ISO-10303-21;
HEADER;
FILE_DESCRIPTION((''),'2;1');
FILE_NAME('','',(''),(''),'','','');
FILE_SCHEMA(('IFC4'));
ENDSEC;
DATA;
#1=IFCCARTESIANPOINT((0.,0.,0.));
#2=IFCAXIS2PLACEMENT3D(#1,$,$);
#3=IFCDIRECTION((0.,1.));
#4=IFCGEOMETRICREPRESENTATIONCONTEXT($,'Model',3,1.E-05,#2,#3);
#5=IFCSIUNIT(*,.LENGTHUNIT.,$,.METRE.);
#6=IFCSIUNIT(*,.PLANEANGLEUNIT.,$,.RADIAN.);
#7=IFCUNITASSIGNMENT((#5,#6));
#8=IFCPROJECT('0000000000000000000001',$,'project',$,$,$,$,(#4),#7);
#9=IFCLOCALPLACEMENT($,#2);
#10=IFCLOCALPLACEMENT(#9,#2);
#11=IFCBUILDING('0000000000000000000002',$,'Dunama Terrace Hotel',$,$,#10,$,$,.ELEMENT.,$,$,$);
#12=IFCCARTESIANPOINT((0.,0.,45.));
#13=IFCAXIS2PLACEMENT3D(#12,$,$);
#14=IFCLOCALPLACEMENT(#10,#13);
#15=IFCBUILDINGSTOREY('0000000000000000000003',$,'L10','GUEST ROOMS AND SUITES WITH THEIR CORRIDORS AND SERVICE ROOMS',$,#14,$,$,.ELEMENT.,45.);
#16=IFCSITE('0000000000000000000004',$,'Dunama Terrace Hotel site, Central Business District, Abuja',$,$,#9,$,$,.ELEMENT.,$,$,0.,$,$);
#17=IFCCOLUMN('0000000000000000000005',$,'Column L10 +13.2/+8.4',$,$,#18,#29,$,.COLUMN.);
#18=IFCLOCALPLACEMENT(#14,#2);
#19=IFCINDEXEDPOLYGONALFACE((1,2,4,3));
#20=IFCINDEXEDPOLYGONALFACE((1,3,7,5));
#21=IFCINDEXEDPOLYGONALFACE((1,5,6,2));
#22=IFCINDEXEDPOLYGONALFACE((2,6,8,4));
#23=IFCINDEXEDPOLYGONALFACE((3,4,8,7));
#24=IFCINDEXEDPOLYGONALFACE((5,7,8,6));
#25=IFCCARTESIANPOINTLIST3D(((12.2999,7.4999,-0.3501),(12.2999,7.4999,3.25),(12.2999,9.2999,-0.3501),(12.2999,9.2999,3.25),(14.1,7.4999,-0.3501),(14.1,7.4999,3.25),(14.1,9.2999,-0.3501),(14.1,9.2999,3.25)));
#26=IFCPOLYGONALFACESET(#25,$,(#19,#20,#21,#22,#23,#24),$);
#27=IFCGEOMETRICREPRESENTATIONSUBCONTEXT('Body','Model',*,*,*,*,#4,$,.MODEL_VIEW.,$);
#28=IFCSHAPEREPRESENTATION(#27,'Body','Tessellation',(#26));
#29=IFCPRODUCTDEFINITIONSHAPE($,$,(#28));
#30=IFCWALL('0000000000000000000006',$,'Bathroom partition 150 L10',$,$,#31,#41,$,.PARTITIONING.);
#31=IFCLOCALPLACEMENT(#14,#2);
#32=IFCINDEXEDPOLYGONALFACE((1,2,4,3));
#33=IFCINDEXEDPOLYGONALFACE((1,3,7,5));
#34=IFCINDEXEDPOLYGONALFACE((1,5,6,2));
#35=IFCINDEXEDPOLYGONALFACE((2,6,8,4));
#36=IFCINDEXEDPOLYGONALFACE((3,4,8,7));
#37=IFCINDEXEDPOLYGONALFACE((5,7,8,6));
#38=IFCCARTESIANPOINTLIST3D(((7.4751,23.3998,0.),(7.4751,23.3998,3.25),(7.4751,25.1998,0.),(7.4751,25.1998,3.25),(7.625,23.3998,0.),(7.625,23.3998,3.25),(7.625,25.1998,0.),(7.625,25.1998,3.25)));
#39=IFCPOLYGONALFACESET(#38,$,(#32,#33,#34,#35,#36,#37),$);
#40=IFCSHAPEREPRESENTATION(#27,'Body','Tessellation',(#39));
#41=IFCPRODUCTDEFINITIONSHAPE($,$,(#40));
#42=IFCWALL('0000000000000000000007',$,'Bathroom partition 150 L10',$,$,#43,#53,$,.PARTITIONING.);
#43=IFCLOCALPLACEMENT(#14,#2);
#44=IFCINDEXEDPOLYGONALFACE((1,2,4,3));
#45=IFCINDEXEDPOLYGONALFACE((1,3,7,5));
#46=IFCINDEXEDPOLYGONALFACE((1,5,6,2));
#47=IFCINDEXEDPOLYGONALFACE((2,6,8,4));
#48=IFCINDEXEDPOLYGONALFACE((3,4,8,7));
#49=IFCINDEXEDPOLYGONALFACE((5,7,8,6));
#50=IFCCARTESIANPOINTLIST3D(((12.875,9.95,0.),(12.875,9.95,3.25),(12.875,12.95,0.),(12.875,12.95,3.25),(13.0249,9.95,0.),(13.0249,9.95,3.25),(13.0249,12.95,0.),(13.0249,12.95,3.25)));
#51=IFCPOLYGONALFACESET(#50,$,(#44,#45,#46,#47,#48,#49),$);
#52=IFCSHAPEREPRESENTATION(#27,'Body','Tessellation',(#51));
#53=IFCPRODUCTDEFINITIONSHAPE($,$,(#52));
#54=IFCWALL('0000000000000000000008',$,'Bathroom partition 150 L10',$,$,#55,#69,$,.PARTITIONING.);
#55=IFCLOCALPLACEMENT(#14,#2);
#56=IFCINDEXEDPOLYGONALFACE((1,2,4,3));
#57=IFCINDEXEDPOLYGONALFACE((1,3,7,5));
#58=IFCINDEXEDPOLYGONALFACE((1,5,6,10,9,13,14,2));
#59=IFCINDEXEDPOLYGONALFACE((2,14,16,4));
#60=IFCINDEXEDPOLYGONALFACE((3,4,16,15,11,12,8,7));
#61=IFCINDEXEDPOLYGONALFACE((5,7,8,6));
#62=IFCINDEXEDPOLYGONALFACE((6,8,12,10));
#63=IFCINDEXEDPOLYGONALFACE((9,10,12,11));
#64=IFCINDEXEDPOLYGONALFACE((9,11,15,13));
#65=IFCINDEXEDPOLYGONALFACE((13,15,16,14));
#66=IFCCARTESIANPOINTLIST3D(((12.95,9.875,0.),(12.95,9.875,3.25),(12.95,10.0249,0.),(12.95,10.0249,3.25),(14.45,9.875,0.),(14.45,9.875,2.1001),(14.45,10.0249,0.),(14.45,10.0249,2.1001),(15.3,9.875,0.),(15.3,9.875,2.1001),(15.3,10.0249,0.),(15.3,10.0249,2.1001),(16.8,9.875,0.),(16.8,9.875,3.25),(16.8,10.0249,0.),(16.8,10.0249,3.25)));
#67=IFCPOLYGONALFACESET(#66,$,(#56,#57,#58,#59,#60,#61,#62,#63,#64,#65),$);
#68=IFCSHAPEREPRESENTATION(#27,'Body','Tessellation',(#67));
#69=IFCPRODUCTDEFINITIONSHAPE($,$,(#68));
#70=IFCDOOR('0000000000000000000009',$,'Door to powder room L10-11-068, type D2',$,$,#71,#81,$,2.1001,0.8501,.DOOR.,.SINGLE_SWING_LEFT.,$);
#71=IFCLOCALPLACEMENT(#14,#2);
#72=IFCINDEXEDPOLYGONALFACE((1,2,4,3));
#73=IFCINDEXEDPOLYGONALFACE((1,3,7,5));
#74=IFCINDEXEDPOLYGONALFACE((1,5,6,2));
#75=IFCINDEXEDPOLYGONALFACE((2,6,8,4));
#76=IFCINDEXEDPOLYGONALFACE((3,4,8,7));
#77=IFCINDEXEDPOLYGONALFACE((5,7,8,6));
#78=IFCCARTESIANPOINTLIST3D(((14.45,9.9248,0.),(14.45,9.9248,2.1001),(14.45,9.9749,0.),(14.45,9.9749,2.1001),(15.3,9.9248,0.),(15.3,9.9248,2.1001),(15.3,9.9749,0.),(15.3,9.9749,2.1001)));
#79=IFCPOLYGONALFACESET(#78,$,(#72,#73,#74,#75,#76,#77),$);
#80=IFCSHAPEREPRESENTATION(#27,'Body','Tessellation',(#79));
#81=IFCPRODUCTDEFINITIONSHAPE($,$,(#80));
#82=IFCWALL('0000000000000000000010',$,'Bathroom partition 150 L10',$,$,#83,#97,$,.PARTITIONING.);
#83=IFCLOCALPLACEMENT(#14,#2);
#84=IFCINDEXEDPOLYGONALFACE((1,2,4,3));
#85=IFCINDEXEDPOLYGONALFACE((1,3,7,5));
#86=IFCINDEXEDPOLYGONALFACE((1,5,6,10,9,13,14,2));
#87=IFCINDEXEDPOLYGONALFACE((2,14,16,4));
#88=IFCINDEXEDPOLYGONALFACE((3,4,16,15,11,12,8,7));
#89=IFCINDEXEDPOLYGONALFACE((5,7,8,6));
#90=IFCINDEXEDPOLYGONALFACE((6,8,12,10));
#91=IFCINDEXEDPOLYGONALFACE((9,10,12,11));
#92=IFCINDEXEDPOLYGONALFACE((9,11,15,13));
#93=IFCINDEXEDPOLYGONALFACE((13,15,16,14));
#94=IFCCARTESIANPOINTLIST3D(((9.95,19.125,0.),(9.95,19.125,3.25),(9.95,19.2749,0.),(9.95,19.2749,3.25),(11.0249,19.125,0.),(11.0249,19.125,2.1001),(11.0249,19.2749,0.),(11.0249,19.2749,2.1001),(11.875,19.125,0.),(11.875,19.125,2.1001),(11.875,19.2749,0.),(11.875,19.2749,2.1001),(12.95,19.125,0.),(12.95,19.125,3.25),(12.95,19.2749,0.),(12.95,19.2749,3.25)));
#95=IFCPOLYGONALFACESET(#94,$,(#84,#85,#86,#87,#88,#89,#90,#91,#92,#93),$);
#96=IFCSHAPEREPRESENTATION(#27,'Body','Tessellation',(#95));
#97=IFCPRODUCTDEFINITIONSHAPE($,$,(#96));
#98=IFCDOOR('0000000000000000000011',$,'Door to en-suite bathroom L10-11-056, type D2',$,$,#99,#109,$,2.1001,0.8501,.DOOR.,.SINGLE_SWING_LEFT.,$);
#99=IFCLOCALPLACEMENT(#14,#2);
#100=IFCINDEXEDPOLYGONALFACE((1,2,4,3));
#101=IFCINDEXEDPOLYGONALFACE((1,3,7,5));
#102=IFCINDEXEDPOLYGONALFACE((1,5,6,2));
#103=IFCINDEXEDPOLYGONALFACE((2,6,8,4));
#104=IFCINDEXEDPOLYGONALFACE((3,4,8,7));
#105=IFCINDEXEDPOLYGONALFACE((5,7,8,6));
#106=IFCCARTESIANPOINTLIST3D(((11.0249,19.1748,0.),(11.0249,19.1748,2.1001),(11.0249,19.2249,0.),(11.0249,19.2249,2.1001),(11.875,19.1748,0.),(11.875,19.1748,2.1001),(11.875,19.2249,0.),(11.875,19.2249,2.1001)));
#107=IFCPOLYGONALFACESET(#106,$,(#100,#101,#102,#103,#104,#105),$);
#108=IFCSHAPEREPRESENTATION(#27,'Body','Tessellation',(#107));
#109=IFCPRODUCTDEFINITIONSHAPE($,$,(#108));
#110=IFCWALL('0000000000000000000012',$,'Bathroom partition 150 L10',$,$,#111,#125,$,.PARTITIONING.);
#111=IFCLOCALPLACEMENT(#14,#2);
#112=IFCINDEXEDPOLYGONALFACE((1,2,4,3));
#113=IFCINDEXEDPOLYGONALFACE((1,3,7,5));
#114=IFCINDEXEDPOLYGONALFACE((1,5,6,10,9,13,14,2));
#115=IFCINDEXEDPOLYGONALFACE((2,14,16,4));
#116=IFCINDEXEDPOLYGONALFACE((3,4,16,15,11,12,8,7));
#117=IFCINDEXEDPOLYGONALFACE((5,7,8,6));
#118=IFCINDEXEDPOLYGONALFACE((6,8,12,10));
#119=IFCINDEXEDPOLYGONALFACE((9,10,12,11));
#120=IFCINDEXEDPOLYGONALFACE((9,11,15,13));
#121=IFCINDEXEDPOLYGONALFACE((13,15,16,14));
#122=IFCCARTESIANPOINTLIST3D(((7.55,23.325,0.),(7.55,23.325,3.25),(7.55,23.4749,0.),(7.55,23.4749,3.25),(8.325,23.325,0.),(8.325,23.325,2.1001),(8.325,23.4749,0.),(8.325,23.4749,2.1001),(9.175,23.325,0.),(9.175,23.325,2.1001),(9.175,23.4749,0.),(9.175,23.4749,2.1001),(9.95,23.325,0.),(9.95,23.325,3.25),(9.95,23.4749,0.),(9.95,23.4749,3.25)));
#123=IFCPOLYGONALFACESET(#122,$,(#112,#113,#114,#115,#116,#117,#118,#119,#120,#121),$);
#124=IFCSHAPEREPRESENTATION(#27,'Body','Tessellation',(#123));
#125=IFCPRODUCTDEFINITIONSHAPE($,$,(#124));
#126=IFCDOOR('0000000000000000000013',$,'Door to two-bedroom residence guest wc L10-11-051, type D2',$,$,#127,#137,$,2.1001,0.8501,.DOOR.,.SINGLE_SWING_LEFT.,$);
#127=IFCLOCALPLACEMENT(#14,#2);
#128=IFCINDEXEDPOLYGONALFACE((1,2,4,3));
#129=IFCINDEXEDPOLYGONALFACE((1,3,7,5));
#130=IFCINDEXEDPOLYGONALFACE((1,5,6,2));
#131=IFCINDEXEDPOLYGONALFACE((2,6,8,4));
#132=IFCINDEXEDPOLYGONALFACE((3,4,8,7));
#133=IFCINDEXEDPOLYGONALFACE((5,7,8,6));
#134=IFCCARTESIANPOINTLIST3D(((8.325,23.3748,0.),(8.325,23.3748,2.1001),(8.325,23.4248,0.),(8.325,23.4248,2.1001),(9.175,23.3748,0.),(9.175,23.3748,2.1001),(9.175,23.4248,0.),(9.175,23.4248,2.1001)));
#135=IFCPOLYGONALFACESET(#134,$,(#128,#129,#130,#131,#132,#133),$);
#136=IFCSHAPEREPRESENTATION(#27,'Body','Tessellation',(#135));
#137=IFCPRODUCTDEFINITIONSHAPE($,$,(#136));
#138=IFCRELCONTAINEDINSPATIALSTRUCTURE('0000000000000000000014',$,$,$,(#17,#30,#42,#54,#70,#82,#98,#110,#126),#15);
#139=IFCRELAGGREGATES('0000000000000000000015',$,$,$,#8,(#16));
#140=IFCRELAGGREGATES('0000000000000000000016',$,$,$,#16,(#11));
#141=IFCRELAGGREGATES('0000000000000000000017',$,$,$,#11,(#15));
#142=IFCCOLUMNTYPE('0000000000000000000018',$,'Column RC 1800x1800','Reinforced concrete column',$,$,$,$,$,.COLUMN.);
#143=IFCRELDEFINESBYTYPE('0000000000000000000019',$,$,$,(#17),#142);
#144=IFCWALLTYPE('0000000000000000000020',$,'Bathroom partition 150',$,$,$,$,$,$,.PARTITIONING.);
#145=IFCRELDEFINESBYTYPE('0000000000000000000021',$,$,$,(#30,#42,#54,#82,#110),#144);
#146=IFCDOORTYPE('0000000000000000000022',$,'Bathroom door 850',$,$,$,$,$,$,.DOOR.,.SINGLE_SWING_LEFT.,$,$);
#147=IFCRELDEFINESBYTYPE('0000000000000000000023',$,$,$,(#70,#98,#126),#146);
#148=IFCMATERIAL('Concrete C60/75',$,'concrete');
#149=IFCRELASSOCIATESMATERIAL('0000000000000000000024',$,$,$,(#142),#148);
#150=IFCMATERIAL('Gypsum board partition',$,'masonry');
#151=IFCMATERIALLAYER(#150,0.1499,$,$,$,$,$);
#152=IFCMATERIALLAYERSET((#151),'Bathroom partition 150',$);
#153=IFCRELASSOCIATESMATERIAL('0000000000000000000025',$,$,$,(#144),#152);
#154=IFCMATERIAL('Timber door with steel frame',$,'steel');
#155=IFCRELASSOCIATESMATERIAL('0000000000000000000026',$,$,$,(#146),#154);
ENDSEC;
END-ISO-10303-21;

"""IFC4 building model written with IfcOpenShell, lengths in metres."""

from ifc_helpers import new_model, si_unit, direction, frame, frame_2d, origin, origin_2d, place, context, subcontext, project, spatial, rectangle, extrude, material, layer, layer_set, material_profile, profile_set, type_object, element, fill, save


model = new_model("IFC4")

# Units and contexts
model_context = context("Model", 3, precision=1e-05, world=origin(), true_north=direction((0.0, 1.0)))
body_context = subcontext(model_context, "Body", "Model", "MODEL_VIEW")
ifc_project = project(units=[si_unit("LENGTHUNIT", "METRE"), si_unit("PLANEANGLEUNIT", "RADIAN")], contexts=[model_context])

# Site, building, storey
site_placement = place(None, origin())
site = spatial("IfcSite", under=ifc_project, at=site_placement, Name="Dunama Terrace Hotel site, Central Business District, Abuja", CompositionType="ELEMENT", RefElevation=0.0)
building_placement = place(site_placement, origin())
building = spatial("IfcBuilding", under=site, at=building_placement, Name="Dunama Terrace Hotel", CompositionType="ELEMENT")
storey_placement = place(building_placement, frame((0.0, 0.0, 45.0)))
storey = spatial("IfcBuildingStorey", under=building, at=storey_placement, Name="L10", Description="GUEST ROOMS AND SUITES WITH THEIR CORRIDORS AND SERVICE ROOMS", CompositionType="ELEMENT", Elevation=45.0)

# Column
ifc_material_1 = material(Name="Concrete C60/75", Category="concrete")
ifc_material_profile = material_profile(ifc_material_1, rectangle(XDim=1.8, YDim=1.8, at=origin_2d()), Name="RC 1800x1800")
ifc_profile_set = profile_set([ifc_material_profile], Name="Concrete C60/75")
column_type = type_object("IfcColumnType", Name="Column RC 1800x1800", Description="Reinforced concrete column", PredefinedType="COLUMN", material=ifc_profile_set)
column_placement = place(storey_placement, frame((13.2, 8.3999, -0.3501), z_axis=(0.0, 0.0, 1.0), x_axis=(1.0, 0.0, 0.0)))
element("IfcColumn", 1, at=column_placement, inside=storey, type_object=column_type, Name="Column L10 +13.2/+8.4", PredefinedType="COLUMN", context=body_context, shape_type="SweptSolid", body=[
    extrude(rectangle(XDim=1.8, YDim=1.8, at=origin_2d()), origin(), (0.0, 0.0, 1.0), 3.6001),
])

# Walls
ifc_material_2 = material(Name="Gypsum board partition", Category="masonry")
ifc_layer_1 = layer(ifc_material_2, 0.1499)
ifc_layer_set_1 = layer_set([ifc_layer_1], Name="Bathroom partition 150")
wall_type_1 = type_object("IfcWallType", Name="Bathroom partition 150", PredefinedType="PARTITIONING", material=ifc_layer_set_1)
wall_1_placement = place(storey_placement, frame((7.55, 23.3999, 0.0), z_axis=(0.0, 0.0, 1.0), x_axis=(0.0, 1.0, 0.0)))
element("IfcWall", 2, at=wall_1_placement, inside=storey, type_object=wall_type_1, Name="Bathroom partition 150 L10", PredefinedType="PARTITIONING", context=body_context, shape_type="SweptSolid", body=[
    extrude(rectangle(XDim=1.8, YDim=0.1499, at=frame_2d((0.8999, 0.0))), origin(), (0.0, 0.0, 1.0), 3.25),
])
wall_2_placement = place(storey_placement, frame((12.95, 9.95, 0.0), z_axis=(0.0, 0.0, 1.0), x_axis=(0.0, 1.0, 0.0)))
element("IfcWall", 3, at=wall_2_placement, inside=storey, type_object=wall_type_1, Name="Bathroom partition 150 L10", PredefinedType="PARTITIONING", context=body_context, shape_type="SweptSolid", body=[
    extrude(rectangle(XDim=3.0, YDim=0.1499, at=frame_2d((1.5, 0.0))), origin(), (0.0, 0.0, 1.0), 3.25),
])

# Walls, openings, doors
wall_3_placement = place(storey_placement, frame((12.95, 9.95, 0.0), z_axis=(0.0, 0.0, 1.0), x_axis=(1.0, 0.0, 0.0)))
wall_3 = element("IfcWall", 4, at=wall_3_placement, inside=storey, type_object=wall_type_1, Name="Bathroom partition 150 L10", PredefinedType="PARTITIONING", context=body_context, shape_type="SweptSolid", body=[
    extrude(rectangle(XDim=3.8501, YDim=0.1499, at=frame_2d((1.925, 0.0))), origin(), (0.0, 0.0, 1.0), 3.25),
])
opening_1_placement = place(wall_3_placement, frame((1.5, 0.0, 0.0)))
opening_1 = element("IfcOpeningElement", 5, at=opening_1_placement, cuts=wall_3, PredefinedType="OPENING", context=body_context, shape_type="SweptSolid", body=[
    extrude(rectangle(XDim=0.8501, YDim=2.1001, at=frame_2d((0.425, 1.05))), frame((0.0, 0.085, 0.0), z_axis=(0.0, -1.0, 0.0), x_axis=(1.0, 0.0, 0.0)), (0.0, 0.0, 1.0), 0.1699),
])
ifc_material_3 = material(Name="Timber door with steel frame", Category="steel")
door_type_1 = type_object("IfcDoorType", Name="Bathroom door 850", OperationType="SINGLE_SWING_LEFT", PredefinedType="DOOR", material=ifc_material_3)
door_1_placement = place(opening_1_placement, origin())
door_1 = element("IfcDoor", 6, at=door_1_placement, inside=storey, type_object=door_type_1, Name="Door to powder room L10-11-068, type D2", OperationType="SINGLE_SWING_LEFT", OverallHeight=2.1001, OverallWidth=0.8501, PredefinedType="DOOR", context=body_context, shape_type="SweptSolid", body=[
    extrude(rectangle(XDim=0.8501, YDim=2.1001, at=frame_2d((0.425, 1.05))), frame((0.0, 0.0249, 0.0), z_axis=(0.0, -1.0, 0.0), x_axis=(1.0, 0.0, 0.0)), (0.0, 0.0, 1.0), 0.05),
])
fill(opening_1, door_1)
wall_4_placement = place(storey_placement, frame((9.95, 19.2, 0.0), z_axis=(0.0, 0.0, 1.0), x_axis=(1.0, 0.0, 0.0)))
wall_4 = element("IfcWall", 7, at=wall_4_placement, inside=storey, type_object=wall_type_1, Name="Bathroom partition 150 L10", PredefinedType="PARTITIONING", context=body_context, shape_type="SweptSolid", body=[
    extrude(rectangle(XDim=3.0, YDim=0.1499, at=frame_2d((1.5, 0.0))), origin(), (0.0, 0.0, 1.0), 3.25),
])
opening_2_placement = place(wall_4_placement, frame((1.075, 0.0, 0.0)))
opening_2 = element("IfcOpeningElement", 8, at=opening_2_placement, cuts=wall_4, PredefinedType="OPENING", context=body_context, shape_type="SweptSolid", body=[
    extrude(rectangle(XDim=0.8501, YDim=2.1001, at=frame_2d((0.425, 1.05))), frame((0.0, 0.085, 0.0), z_axis=(0.0, -1.0, 0.0), x_axis=(1.0, 0.0, 0.0)), (0.0, 0.0, 1.0), 0.1699),
])
door_2_placement = place(opening_2_placement, frame((0.8501, 0.0, 0.0), z_axis=(0.0, 0.0, 1.0), x_axis=(-1.0, 0.0, 0.0)))
door_2 = element("IfcDoor", 9, at=door_2_placement, inside=storey, type_object=door_type_1, Name="Door to en-suite bathroom L10-11-056, type D2", OperationType="SINGLE_SWING_LEFT", OverallHeight=2.1001, OverallWidth=0.8501, PredefinedType="DOOR", context=body_context, shape_type="SweptSolid", body=[
    extrude(rectangle(XDim=0.8501, YDim=2.1001, at=frame_2d((0.425, 1.05))), frame((0.0, 0.0251, 0.0), z_axis=(0.0, -1.0, 0.0), x_axis=(1.0, 0.0, 0.0)), (0.0, 0.0, 1.0), 0.05),
])
fill(opening_2, door_2)
wall_5_placement = place(storey_placement, frame((7.55, 23.3999, 0.0), z_axis=(0.0, 0.0, 1.0), x_axis=(1.0, 0.0, 0.0)))
wall_5 = element("IfcWall", 10, at=wall_5_placement, inside=storey, type_object=wall_type_1, Name="Bathroom partition 150 L10", PredefinedType="PARTITIONING", context=body_context, shape_type="SweptSolid", body=[
    extrude(rectangle(XDim=2.3999, YDim=0.1499, at=frame_2d((1.2, 0.0))), origin(), (0.0, 0.0, 1.0), 3.25),
])
opening_3_placement = place(wall_5_placement, frame((0.7749, 0.0, 0.0)))
opening_3 = element("IfcOpeningElement", 11, at=opening_3_placement, cuts=wall_5, PredefinedType="OPENING", context=body_context, shape_type="SweptSolid", body=[
    extrude(rectangle(XDim=0.8501, YDim=2.1001, at=frame_2d((0.425, 1.05))), frame((0.0, 0.085, 0.0), z_axis=(0.0, -1.0, 0.0), x_axis=(1.0, 0.0, 0.0)), (0.0, 0.0, 1.0), 0.1699),
])
door_3_placement = place(opening_3_placement, origin())
door_3 = element("IfcDoor", 12, at=door_3_placement, inside=storey, type_object=door_type_1, Name="Door to two-bedroom residence guest wc L10-11-051, type D2", OperationType="SINGLE_SWING_LEFT", OverallHeight=2.1001, OverallWidth=0.8501, PredefinedType="DOOR", context=body_context, shape_type="SweptSolid", body=[
    extrude(rectangle(XDim=0.8501, YDim=2.1001, at=frame_2d((0.425, 1.05))), frame((0.0, 0.0249, 0.0), z_axis=(0.0, -1.0, 0.0), x_axis=(1.0, 0.0, 0.0)), (0.0, 0.0, 1.0), 0.05),
])
fill(opening_3, door_3)

save(model, "model.ifc")
